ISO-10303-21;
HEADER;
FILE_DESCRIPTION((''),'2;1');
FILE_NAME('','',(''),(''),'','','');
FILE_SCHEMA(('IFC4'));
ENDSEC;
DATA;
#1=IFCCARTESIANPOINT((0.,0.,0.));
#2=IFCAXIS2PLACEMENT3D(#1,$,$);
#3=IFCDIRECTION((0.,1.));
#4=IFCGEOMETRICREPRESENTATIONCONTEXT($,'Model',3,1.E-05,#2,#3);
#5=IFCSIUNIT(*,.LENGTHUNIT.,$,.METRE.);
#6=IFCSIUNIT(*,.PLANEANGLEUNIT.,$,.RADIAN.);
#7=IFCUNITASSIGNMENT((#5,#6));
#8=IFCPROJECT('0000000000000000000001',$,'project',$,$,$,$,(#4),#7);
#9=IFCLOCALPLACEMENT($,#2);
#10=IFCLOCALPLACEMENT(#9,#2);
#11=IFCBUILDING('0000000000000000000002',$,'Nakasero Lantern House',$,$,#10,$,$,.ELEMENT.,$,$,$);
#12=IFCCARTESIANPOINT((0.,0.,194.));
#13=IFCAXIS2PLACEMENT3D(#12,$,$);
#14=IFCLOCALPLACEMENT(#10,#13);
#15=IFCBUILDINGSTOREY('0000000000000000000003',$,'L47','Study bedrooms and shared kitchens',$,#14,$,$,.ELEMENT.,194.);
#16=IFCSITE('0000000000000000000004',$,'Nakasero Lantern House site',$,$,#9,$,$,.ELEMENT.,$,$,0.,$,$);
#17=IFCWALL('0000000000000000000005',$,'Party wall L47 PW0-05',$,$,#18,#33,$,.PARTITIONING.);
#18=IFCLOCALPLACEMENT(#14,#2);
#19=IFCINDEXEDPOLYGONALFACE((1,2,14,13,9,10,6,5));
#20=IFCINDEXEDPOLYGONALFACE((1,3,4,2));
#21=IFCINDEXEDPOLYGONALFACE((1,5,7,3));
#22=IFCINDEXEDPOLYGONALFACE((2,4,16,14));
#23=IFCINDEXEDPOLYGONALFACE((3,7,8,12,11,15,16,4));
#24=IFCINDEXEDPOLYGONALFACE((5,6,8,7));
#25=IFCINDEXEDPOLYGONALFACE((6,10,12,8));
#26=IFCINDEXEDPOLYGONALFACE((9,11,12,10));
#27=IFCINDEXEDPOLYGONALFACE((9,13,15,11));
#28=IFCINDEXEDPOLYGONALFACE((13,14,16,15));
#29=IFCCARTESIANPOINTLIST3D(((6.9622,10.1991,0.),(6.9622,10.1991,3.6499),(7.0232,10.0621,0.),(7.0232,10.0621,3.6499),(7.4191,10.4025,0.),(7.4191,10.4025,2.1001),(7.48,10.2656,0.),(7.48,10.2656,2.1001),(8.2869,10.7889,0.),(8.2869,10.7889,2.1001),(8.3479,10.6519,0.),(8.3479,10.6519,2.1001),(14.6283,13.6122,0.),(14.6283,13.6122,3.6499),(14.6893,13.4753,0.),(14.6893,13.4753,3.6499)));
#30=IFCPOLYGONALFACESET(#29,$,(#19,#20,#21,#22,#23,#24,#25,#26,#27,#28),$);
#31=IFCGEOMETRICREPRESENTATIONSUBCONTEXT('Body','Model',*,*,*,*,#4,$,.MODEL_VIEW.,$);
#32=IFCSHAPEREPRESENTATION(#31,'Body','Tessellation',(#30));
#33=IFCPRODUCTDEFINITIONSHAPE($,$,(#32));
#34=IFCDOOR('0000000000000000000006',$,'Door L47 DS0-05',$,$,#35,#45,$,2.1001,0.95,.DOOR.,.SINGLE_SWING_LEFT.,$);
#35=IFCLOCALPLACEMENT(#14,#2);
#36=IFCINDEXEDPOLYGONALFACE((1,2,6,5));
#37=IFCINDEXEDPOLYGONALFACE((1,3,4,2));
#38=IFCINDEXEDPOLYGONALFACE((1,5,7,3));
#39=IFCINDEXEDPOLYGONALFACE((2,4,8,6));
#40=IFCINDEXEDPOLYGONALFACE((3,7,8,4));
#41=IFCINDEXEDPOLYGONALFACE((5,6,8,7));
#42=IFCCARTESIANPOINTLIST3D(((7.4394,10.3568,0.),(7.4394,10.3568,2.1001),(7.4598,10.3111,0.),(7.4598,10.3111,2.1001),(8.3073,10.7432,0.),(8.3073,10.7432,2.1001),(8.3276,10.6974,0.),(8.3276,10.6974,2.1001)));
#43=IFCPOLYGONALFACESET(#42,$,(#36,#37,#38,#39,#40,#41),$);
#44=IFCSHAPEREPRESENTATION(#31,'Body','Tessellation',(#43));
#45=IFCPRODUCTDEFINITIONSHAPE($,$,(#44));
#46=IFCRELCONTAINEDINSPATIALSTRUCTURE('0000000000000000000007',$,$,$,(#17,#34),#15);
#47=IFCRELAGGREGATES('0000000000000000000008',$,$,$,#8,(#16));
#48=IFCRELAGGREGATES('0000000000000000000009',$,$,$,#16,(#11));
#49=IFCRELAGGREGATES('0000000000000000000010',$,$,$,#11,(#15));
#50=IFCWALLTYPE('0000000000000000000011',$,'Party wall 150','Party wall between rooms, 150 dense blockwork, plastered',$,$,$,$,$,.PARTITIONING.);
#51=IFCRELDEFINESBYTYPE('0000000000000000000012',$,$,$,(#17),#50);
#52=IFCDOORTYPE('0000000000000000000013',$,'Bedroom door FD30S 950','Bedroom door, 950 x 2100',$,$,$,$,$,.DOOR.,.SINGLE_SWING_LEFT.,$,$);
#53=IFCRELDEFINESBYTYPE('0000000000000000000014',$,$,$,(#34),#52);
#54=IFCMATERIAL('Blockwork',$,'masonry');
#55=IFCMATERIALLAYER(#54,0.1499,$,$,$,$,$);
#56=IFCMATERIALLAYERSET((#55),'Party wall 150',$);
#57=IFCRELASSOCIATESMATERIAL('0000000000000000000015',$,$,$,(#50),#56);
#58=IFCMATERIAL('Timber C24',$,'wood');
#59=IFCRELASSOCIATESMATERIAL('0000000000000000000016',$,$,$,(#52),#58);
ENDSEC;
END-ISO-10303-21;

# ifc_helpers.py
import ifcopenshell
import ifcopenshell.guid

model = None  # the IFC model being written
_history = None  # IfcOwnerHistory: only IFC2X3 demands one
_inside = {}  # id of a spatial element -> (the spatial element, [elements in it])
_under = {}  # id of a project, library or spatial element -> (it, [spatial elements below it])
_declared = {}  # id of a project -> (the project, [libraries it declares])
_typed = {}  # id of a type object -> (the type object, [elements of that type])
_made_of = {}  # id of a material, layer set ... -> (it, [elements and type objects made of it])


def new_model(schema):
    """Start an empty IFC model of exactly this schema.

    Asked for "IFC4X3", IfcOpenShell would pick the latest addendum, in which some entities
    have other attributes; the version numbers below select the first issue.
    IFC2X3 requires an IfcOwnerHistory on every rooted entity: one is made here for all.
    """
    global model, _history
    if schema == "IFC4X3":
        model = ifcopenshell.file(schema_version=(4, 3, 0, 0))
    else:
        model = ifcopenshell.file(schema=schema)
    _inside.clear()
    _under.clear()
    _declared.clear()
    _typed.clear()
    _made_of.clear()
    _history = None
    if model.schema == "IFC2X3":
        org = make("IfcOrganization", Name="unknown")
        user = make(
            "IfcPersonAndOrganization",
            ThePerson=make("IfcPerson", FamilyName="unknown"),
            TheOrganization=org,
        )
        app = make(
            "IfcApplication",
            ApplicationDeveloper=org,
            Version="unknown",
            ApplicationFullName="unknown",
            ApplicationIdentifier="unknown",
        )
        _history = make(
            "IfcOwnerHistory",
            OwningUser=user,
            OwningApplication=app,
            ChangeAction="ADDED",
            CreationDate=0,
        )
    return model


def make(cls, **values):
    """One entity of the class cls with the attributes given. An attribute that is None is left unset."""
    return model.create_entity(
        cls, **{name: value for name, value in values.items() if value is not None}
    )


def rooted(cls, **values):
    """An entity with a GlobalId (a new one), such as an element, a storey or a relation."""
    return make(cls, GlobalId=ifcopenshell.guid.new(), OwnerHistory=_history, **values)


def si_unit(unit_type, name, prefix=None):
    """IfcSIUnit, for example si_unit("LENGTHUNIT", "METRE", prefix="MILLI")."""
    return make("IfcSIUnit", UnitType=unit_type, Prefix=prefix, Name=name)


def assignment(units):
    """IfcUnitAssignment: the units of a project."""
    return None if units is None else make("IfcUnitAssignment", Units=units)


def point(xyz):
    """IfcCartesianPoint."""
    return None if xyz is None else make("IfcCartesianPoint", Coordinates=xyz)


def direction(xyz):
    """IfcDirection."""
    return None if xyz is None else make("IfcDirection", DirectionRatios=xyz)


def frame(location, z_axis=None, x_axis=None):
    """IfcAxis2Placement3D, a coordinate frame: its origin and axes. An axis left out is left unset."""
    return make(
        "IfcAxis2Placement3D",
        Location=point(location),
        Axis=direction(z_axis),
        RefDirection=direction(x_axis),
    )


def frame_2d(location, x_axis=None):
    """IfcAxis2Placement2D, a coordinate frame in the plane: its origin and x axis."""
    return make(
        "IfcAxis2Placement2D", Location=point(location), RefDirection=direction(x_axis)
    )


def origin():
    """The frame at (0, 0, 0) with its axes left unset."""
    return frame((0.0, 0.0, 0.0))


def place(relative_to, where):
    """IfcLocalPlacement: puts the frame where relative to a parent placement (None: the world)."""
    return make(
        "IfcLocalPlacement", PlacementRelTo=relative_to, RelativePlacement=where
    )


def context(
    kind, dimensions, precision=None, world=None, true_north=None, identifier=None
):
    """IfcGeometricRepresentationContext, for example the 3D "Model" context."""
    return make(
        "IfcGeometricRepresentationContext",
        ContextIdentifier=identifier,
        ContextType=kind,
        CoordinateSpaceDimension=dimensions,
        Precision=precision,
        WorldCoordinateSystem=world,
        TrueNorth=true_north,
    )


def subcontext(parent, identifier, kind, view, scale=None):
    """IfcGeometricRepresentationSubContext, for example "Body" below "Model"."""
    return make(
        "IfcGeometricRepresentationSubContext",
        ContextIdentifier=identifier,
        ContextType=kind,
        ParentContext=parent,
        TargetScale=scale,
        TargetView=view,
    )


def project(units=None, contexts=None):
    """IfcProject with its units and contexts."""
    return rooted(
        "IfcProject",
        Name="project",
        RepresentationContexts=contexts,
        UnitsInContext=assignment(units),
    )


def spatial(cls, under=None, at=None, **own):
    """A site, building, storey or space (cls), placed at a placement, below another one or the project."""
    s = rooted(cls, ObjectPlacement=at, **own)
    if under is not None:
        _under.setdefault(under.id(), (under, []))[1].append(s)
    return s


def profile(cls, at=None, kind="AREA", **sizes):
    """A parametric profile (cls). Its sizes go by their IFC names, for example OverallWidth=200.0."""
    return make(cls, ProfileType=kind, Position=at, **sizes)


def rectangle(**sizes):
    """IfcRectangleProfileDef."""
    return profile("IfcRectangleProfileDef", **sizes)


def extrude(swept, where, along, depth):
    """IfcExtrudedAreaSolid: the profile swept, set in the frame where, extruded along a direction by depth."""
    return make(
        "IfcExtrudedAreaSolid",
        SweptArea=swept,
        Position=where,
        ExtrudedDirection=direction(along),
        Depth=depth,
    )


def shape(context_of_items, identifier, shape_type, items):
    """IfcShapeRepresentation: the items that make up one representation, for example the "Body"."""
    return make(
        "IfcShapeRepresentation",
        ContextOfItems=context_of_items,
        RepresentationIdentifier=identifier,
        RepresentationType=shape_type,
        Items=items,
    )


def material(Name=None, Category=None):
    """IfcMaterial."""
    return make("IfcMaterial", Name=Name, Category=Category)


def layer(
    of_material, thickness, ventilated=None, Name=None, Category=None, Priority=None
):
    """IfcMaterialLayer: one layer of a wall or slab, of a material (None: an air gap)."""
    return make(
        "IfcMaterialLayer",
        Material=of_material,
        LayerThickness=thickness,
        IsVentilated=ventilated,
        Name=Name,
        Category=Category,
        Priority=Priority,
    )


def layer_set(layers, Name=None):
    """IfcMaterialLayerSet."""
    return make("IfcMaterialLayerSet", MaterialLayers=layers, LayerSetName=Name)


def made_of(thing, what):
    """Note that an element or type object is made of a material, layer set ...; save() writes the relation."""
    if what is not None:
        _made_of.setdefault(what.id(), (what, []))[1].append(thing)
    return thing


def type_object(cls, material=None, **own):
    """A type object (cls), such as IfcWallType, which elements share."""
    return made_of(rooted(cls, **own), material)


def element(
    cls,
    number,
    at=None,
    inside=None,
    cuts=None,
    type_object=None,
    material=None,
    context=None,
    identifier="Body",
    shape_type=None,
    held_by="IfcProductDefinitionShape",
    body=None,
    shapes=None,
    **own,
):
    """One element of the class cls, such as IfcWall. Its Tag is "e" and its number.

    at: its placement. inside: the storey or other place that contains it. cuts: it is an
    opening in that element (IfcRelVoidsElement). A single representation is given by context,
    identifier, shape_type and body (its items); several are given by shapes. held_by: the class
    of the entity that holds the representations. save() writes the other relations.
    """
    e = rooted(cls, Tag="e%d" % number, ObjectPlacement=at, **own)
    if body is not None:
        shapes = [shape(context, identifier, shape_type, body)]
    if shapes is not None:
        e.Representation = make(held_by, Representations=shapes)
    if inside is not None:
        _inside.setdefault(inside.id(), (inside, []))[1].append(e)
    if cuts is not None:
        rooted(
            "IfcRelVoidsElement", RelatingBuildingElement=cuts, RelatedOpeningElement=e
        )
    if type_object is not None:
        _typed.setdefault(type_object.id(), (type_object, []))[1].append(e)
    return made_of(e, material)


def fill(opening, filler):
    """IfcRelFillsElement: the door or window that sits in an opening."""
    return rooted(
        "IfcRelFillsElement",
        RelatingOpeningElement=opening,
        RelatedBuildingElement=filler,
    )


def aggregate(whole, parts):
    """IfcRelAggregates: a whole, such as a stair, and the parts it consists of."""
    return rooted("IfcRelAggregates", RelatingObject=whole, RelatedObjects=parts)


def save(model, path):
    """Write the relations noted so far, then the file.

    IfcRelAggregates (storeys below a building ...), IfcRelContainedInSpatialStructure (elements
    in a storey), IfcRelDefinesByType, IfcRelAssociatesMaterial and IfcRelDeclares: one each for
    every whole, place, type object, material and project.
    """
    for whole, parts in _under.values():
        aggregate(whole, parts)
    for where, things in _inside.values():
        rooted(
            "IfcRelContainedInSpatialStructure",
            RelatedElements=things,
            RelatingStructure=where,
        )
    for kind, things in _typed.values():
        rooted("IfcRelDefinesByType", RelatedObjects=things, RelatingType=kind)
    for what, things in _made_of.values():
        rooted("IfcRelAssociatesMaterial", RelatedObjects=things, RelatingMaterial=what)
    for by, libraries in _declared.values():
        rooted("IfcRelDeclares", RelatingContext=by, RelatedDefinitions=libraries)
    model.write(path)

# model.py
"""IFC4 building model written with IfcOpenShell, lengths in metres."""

from ifc_helpers import new_model, si_unit, direction, frame, frame_2d, origin, place, context, subcontext, project, spatial, rectangle, extrude, material, layer, layer_set, type_object, element, fill, save


model = new_model("IFC4")

# Units and contexts
model_context = context("Model", 3, precision=1e-05, world=origin(), true_north=direction((0.0, 1.0)))
body_context = subcontext(model_context, "Body", "Model", "MODEL_VIEW")
ifc_project = project(units=[si_unit("LENGTHUNIT", "METRE"), si_unit("PLANEANGLEUNIT", "RADIAN")], contexts=[model_context])

# Site, building, storey
site_placement = place(None, origin())
site = spatial("IfcSite", under=ifc_project, at=site_placement, Name="Nakasero Lantern House site", CompositionType="ELEMENT", RefElevation=0.0)
building_placement = place(site_placement, origin())
building = spatial("IfcBuilding", under=site, at=building_placement, Name="Nakasero Lantern House", CompositionType="ELEMENT")
storey_placement = place(building_placement, frame((0.0, 0.0, 194.0)))
storey = spatial("IfcBuildingStorey", under=building, at=storey_placement, Name="L47", Description="Study bedrooms and shared kitchens", CompositionType="ELEMENT", Elevation=194.0)

# Wall, opening, door
ifc_material_1 = material(Name="Blockwork", Category="masonry")
ifc_layer_1 = layer(ifc_material_1, 0.1499)
ifc_layer_set_1 = layer_set([ifc_layer_1], Name="Party wall 150")
wall_type_1 = type_object("IfcWallType", Name="Party wall 150", Description="Party wall between rooms, 150 dense blockwork, plastered", PredefinedType="PARTITIONING", material=ifc_layer_set_1)
wall_1_placement = place(storey_placement, frame((6.9927, 10.1306, 0.0), z_axis=(0.0, 0.0, 1.0), x_axis=(0.913547, 0.406732, 0.0)))
wall_1 = element("IfcWall", 1, at=wall_1_placement, inside=storey, type_object=wall_type_1, Name="Party wall L47 PW0-05", PredefinedType="PARTITIONING", context=body_context, shape_type="SweptSolid", body=[
    extrude(rectangle(XDim=8.3916, YDim=0.1499, at=frame_2d((4.1958, 0.0))), origin(), (0.0, 0.0, 1.0), 3.6499),
])
opening_1_placement = place(wall_1_placement, frame((0.5, 0.0, 0.0)))
opening_1 = element("IfcOpeningElement", 2, at=opening_1_placement, cuts=wall_1, PredefinedType="OPENING", context=body_context, shape_type="SweptSolid", body=[
    extrude(rectangle(XDim=0.95, YDim=2.1001, at=frame_2d((0.4751, 1.05))), frame((0.0, 0.095, 0.0), z_axis=(0.0, -1.0, 0.0), x_axis=(1.0, 0.0, 0.0)), (0.0, 0.0, 1.0), 0.1899),
])
ifc_material_2 = material(Name="Timber C24", Category="wood")
door_type_1 = type_object("IfcDoorType", Name="Bedroom door FD30S 950", Description="Bedroom door, 950 x 2100", OperationType="SINGLE_SWING_LEFT", PredefinedType="DOOR", material=ifc_material_2)
door_1_placement = place(opening_1_placement, origin())
door_1 = element("IfcDoor", 3, at=door_1_placement, inside=storey, type_object=door_type_1, Name="Door L47 DS0-05", OperationType="SINGLE_SWING_LEFT", OverallHeight=2.1001, OverallWidth=0.95, PredefinedType="DOOR", context=body_context, shape_type="SweptSolid", body=[
    extrude(rectangle(XDim=0.95, YDim=2.1001, at=frame_2d((0.4751, 1.05))), frame((0.0, 0.0249, 0.0), z_axis=(0.0, -1.0, 0.0), x_axis=(1.0, 0.0, 0.0)), (0.0, 0.0, 1.0), 0.05),
])
fill(opening_1, door_1)

save(model, "model.ifc")
